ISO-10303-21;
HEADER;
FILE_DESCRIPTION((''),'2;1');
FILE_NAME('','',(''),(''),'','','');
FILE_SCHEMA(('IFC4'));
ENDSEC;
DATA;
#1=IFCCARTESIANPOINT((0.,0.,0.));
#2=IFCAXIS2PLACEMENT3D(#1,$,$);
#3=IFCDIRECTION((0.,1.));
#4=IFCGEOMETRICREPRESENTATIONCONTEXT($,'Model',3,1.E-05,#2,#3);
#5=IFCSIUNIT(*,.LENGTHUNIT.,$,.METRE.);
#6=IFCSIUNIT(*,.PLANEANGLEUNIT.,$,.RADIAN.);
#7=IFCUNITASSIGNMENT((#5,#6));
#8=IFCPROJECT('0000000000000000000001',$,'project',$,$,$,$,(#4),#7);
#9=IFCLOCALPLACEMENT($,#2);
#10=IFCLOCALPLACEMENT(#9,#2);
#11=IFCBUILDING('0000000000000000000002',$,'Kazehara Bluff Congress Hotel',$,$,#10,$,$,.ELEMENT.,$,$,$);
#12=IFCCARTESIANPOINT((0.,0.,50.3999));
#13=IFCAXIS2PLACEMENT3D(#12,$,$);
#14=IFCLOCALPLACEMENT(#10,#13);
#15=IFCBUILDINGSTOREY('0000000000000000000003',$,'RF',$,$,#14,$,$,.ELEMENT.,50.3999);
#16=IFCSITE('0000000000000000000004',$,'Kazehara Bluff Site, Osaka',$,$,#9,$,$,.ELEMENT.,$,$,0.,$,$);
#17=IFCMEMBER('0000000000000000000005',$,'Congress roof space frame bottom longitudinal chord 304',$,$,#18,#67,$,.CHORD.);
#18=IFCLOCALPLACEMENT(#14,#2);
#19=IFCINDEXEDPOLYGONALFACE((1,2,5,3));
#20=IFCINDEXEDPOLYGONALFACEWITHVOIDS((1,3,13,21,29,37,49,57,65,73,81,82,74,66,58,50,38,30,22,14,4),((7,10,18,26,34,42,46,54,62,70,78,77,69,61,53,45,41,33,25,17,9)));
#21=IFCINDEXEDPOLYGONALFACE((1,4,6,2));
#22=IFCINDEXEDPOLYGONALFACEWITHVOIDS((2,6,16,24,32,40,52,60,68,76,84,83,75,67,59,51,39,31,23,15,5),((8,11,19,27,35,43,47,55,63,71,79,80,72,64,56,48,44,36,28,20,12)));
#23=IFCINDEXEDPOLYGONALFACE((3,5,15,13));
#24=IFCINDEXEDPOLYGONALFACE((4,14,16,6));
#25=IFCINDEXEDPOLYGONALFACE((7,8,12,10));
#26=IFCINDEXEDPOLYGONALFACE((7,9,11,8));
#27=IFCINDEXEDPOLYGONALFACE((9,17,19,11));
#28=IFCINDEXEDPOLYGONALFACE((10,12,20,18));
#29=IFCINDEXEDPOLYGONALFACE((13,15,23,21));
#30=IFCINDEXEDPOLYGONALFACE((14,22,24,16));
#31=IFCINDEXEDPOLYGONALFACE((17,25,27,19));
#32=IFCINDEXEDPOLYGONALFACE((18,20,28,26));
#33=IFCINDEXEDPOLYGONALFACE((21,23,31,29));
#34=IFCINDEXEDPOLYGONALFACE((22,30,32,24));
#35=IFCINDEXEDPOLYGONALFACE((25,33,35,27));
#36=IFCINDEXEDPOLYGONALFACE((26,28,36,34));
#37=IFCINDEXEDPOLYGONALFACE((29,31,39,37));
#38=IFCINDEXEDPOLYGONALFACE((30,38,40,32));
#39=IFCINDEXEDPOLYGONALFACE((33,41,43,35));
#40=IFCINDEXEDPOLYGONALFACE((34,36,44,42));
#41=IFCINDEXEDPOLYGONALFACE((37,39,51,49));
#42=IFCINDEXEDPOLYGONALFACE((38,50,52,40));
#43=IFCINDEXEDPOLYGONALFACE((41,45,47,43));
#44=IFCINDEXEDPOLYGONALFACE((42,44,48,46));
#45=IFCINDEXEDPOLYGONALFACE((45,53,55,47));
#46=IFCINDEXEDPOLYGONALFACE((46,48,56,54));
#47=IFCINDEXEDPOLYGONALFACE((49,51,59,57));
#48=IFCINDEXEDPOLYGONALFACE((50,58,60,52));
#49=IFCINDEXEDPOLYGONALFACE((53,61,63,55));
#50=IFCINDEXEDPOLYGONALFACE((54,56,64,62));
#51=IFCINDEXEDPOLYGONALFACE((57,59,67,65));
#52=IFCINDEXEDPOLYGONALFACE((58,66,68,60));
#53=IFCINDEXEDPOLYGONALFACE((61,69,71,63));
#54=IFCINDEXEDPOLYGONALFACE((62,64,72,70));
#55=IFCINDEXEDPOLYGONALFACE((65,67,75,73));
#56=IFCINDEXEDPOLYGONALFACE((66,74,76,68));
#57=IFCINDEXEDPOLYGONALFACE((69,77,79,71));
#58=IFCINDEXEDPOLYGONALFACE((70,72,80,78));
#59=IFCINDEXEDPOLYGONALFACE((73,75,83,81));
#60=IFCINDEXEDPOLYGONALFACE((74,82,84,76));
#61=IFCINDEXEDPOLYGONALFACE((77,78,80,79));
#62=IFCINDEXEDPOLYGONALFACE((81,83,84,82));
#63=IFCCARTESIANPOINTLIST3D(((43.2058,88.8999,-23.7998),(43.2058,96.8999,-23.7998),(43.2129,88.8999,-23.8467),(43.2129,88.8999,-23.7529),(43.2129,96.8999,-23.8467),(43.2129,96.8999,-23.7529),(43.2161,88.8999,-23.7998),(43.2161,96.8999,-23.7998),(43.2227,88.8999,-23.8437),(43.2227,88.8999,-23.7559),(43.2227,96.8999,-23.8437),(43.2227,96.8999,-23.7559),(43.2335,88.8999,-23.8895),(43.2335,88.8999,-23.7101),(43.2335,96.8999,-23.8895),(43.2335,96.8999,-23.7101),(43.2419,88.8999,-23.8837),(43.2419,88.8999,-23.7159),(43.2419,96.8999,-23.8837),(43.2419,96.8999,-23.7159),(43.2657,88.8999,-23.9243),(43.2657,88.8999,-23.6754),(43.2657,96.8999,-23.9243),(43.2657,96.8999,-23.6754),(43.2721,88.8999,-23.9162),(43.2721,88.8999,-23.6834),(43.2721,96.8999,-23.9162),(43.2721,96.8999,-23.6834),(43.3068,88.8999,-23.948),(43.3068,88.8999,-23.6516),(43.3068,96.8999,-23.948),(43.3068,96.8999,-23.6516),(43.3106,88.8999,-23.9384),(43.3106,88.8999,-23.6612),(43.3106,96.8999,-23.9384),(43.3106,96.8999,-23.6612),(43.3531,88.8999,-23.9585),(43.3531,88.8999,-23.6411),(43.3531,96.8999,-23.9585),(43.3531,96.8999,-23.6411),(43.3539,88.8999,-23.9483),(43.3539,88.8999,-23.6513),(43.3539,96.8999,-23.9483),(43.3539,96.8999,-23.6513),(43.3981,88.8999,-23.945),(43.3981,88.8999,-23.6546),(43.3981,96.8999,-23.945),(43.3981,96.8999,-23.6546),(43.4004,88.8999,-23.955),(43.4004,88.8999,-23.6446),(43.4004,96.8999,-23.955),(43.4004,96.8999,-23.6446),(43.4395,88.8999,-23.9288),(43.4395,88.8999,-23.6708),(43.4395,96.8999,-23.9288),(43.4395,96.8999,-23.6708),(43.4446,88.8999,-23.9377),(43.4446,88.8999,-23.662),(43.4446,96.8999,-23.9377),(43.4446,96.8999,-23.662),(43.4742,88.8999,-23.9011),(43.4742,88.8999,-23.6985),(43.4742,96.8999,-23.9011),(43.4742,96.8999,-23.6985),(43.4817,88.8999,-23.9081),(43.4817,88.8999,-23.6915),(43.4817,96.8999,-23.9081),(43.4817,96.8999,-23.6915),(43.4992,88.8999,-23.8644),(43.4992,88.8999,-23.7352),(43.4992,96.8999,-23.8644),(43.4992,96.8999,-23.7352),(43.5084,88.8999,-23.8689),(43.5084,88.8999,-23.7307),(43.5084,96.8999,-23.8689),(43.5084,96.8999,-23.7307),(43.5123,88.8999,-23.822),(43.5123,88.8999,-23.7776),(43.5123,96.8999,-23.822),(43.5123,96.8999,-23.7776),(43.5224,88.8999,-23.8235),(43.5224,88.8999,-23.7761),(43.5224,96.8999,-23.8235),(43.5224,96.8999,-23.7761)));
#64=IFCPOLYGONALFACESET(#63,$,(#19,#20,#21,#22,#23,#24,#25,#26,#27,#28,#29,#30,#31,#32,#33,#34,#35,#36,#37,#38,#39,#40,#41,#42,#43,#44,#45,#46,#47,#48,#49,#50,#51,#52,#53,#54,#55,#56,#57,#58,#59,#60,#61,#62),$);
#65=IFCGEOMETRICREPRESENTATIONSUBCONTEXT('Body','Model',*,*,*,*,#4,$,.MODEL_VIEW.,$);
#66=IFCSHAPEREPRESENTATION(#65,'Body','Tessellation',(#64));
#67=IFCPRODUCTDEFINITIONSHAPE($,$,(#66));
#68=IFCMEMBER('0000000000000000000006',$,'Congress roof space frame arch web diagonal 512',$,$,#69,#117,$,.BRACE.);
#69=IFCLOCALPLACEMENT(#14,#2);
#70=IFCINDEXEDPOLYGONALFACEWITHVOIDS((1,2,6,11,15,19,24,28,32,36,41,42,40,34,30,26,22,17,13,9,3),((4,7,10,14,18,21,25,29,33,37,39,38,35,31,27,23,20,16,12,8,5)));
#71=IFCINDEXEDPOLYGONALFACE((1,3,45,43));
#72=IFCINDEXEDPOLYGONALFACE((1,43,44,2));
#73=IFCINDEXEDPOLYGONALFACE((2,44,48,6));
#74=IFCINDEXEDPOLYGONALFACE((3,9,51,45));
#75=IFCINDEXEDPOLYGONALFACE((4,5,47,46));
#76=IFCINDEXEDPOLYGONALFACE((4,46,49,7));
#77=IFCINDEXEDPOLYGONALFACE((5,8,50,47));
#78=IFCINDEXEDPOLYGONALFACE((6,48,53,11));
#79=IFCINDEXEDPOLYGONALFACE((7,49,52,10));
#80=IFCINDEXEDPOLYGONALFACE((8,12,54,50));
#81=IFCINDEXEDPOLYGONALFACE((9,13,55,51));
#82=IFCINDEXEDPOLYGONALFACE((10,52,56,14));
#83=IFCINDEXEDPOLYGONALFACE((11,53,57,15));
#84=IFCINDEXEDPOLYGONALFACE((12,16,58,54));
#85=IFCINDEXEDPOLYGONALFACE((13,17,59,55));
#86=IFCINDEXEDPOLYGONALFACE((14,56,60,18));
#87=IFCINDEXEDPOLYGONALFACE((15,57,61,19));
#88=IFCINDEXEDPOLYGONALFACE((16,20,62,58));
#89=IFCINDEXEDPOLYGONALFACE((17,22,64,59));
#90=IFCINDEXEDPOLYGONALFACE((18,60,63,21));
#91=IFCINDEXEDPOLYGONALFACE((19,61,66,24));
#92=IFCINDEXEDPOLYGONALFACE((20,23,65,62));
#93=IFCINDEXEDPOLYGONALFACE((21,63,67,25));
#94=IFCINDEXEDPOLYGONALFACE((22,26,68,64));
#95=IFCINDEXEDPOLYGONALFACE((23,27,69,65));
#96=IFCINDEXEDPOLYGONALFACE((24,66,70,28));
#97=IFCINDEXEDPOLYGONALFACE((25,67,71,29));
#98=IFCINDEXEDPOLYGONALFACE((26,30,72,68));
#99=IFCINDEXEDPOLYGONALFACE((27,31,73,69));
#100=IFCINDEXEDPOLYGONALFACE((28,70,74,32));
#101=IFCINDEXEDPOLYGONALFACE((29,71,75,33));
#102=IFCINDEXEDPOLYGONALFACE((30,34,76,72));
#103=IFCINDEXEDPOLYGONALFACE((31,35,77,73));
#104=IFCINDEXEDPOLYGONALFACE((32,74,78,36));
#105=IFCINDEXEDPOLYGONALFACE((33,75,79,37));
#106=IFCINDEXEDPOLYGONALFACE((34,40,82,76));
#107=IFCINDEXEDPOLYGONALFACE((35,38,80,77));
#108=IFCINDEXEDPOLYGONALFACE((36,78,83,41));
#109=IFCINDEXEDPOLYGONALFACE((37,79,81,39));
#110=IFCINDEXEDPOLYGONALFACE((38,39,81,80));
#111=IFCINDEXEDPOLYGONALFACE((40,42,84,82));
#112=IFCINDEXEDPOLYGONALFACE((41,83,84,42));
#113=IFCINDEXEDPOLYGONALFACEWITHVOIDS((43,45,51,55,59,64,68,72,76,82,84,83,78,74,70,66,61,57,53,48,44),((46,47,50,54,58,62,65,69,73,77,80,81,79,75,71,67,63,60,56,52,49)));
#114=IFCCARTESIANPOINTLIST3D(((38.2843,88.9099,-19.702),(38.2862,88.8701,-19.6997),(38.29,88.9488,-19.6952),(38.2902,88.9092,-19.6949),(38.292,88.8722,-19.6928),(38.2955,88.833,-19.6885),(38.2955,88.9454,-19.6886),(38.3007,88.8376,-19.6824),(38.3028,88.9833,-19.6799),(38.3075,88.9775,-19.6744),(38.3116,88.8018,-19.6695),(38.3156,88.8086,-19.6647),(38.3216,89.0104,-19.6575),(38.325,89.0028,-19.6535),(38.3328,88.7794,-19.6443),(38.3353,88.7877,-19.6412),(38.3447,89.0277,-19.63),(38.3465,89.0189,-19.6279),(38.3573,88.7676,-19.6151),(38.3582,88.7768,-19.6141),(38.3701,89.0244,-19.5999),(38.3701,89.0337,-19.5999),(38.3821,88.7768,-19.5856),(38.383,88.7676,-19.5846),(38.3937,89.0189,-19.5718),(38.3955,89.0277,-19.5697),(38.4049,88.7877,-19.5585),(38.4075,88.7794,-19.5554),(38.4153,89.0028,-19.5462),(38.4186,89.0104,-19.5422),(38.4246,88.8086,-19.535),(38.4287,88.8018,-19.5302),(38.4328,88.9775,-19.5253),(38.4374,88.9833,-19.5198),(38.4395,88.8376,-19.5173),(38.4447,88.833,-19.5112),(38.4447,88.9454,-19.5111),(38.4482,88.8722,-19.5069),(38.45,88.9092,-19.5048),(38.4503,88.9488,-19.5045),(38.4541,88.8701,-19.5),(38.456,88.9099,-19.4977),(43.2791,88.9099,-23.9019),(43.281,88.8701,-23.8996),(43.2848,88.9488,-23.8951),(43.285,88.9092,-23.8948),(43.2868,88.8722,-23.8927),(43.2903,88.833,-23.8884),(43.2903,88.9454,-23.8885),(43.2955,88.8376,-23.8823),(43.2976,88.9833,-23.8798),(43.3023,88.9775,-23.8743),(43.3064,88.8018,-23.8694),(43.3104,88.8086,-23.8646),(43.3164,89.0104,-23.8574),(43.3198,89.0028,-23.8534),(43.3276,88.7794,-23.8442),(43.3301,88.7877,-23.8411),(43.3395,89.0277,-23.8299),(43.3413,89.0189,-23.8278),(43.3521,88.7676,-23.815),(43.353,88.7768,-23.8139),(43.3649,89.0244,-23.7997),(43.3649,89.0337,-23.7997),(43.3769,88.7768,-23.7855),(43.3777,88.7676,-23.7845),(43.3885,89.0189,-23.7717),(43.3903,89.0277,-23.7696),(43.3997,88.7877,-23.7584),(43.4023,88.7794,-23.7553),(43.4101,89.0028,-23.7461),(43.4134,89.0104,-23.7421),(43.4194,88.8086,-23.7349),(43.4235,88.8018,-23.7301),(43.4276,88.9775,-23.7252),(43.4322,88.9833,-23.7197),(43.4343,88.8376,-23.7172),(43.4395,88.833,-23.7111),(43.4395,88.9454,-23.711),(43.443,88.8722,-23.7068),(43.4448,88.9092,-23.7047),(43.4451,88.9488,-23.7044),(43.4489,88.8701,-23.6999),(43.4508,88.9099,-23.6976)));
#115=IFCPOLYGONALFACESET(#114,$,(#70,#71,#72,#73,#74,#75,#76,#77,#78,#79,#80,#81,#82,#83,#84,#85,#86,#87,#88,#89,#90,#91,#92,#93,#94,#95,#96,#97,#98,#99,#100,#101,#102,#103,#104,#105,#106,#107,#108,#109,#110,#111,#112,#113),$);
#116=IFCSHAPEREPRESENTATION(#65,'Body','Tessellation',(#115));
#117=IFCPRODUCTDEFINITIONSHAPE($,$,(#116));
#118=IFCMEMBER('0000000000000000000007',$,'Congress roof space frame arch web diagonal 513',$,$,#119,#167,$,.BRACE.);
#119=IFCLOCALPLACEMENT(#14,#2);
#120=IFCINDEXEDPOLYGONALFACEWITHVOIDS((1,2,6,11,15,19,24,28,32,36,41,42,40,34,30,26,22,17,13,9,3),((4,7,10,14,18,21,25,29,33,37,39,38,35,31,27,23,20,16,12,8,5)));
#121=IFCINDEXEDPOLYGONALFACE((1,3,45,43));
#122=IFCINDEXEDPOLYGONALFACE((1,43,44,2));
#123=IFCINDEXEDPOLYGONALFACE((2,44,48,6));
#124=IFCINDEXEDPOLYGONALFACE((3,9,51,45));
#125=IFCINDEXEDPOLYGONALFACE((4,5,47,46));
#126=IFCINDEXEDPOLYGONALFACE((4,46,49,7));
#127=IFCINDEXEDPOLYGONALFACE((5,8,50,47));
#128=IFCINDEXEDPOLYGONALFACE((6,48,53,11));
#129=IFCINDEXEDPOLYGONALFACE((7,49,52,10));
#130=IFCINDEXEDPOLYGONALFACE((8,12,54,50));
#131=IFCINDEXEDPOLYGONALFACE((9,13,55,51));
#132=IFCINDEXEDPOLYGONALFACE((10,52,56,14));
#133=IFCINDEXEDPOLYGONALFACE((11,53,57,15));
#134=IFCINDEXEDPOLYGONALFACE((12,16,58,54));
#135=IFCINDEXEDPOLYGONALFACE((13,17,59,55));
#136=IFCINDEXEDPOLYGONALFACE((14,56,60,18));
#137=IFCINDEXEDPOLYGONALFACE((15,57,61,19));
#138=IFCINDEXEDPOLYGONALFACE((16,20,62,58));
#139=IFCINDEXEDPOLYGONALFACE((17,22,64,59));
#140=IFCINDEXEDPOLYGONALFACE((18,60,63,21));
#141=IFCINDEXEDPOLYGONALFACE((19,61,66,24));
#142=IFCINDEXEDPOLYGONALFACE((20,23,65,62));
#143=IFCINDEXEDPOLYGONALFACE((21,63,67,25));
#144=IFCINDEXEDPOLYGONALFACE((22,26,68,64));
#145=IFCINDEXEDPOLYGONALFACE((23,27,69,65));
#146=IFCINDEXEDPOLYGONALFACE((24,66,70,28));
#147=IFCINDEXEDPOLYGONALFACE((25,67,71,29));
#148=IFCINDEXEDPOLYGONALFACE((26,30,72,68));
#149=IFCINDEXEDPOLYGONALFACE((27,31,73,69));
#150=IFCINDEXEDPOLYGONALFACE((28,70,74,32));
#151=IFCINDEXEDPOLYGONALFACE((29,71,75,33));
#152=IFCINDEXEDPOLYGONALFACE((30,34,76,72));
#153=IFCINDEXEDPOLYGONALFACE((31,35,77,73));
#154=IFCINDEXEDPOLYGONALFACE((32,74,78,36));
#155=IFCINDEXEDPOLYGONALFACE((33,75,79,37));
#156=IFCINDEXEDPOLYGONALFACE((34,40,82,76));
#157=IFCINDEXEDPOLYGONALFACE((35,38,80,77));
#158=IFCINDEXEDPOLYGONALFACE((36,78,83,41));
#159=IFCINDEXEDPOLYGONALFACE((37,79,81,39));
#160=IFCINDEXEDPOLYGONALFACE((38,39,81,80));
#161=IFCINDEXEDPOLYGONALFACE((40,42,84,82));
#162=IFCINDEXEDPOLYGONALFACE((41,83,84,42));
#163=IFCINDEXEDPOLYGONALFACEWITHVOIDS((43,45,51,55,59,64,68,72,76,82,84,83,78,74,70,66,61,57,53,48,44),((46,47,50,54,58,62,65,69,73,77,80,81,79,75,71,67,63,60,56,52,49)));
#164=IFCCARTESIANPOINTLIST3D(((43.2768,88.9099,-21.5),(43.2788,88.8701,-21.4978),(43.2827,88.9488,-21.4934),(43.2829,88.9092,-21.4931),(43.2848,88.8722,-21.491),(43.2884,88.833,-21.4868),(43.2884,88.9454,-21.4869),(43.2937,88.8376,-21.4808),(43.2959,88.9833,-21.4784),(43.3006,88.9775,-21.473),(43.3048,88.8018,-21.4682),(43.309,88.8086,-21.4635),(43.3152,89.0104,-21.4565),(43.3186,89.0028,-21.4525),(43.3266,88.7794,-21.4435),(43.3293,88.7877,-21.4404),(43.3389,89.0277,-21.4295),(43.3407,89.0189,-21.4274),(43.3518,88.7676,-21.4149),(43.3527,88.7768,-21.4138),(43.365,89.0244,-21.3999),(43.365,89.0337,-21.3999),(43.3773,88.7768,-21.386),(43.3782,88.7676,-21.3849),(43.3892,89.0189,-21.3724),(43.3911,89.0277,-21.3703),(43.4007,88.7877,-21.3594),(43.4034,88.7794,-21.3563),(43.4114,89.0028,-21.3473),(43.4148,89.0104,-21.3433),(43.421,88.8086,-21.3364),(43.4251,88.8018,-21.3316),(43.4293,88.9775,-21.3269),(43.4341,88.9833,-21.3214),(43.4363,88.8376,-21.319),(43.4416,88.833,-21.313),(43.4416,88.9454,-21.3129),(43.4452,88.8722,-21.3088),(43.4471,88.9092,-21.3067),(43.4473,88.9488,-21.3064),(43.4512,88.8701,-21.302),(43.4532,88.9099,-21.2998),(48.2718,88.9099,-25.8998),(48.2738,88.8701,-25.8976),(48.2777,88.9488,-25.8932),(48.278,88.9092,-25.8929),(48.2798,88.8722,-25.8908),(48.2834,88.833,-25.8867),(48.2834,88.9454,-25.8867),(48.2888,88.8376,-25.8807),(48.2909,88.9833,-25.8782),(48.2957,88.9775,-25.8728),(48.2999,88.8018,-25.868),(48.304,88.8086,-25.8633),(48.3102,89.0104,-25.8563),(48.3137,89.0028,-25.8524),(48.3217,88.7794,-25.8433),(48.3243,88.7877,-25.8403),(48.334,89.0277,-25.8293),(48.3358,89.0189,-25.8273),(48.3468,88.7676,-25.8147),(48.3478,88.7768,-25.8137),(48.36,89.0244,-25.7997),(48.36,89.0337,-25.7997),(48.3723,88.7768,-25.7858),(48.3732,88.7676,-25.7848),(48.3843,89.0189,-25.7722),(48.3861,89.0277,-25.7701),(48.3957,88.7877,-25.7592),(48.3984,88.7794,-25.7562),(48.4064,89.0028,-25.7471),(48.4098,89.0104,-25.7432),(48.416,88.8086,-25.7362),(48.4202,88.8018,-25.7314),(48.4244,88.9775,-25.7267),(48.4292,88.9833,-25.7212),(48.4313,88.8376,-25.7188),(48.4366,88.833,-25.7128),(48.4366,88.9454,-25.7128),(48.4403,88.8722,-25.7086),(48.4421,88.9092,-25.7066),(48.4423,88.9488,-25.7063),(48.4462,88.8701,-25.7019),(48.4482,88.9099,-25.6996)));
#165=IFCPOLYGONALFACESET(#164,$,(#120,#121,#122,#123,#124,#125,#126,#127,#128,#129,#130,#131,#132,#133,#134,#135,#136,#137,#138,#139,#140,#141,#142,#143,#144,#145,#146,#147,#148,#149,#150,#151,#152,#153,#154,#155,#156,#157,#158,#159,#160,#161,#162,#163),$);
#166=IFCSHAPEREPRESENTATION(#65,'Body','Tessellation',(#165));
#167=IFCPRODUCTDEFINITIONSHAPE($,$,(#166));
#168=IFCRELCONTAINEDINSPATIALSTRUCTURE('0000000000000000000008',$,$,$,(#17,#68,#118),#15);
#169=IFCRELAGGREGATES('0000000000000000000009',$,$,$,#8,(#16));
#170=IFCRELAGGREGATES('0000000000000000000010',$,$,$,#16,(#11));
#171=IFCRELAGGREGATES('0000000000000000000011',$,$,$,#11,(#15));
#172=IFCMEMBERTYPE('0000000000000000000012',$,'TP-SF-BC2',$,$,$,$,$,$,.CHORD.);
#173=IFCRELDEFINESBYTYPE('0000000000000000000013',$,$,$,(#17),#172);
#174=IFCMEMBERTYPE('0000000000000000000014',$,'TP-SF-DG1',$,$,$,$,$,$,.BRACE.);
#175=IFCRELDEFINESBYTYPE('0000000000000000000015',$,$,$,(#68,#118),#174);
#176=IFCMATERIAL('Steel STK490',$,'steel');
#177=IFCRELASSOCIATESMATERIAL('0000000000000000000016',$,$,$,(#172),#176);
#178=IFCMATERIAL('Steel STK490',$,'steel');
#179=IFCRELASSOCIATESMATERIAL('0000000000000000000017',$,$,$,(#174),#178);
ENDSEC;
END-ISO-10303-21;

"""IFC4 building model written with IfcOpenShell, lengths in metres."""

from ifc_helpers import new_model, si_unit, direction, frame, origin, origin_2d, place, context, subcontext, project, spatial, hollow_circle, extrude, material, material_profile, profile_set, type_object, element, save


model = new_model("IFC4")

# Units and contexts
model_context = context("Model", 3, precision=1e-05, world=origin(), true_north=direction((0.0, 1.0)))
body_context = subcontext(model_context, "Body", "Model", "MODEL_VIEW")
ifc_project = project(units=[si_unit("LENGTHUNIT", "METRE"), si_unit("PLANEANGLEUNIT", "RADIAN")], contexts=[model_context])

# Site, building, storey
site_placement = place(None, origin())
site = spatial("IfcSite", under=ifc_project, at=site_placement, Name="Kazehara Bluff Site, Osaka", CompositionType="ELEMENT", RefElevation=0.0)
building_placement = place(site_placement, origin())
building = spatial("IfcBuilding", under=site, at=building_placement, Name="Kazehara Bluff Congress Hotel", CompositionType="ELEMENT")
storey_placement = place(building_placement, frame((0.0, 0.0, 50.3999)))
storey = spatial("IfcBuildingStorey", under=building, at=storey_placement, Name="RF", CompositionType="ELEMENT", Elevation=50.3999)

# Members
ifc_material_1 = material(Name="Steel STK490", Category="steel")
ifc_material_profile_1 = material_profile(ifc_material_1, hollow_circle(Radius=0.1592, WallThickness=0.0103, at=origin_2d()))
ifc_profile_set_1 = profile_set([ifc_material_profile_1], Name="Steel STK490")
member_type_1 = type_object("IfcMemberType", Name="TP-SF-BC2", PredefinedType="CHORD", material=ifc_profile_set_1)
for number, where, z_axis, x_axis, name in (
    (1, (43.365, 88.8999, -23.7998), (0.0, 1.0, 0.0), (-1.0, 0.0, 0.0), "Congress roof space frame bottom longitudinal chord 304"),
):
    element("IfcMember", number, at=place(storey_placement, frame(where, z_axis=z_axis, x_axis=x_axis)), inside=storey, type_object=member_type_1, Name=name, PredefinedType="CHORD", context=body_context, shape_type="SweptSolid", body=[
        extrude(hollow_circle(Radius=0.1592, WallThickness=0.0103, at=origin_2d()), origin(), (0.0, 0.0, 1.0), 8.0),
    ])
ifc_material_2 = material(Name="Steel STK490", Category="steel")
ifc_material_profile_2 = material_profile(ifc_material_2, hollow_circle(Radius=0.1338, WallThickness=0.0093, at=origin_2d()))
ifc_profile_set_2 = profile_set([ifc_material_profile_2], Name="Steel STK490")
member_type_2 = type_object("IfcMemberType", Name="TP-SF-DG1", PredefinedType="BRACE", material=ifc_profile_set_2)
member_1_placement = place(storey_placement, frame((38.3701, 88.8999, -19.5999), z_axis=(0.765383, 0.0, -0.643575), x_axis=(0.0, 1.0, 0.0)))
element("IfcMember", 2, at=member_1_placement, inside=storey, type_object=member_type_2, Name="Congress roof space frame arch web diagonal 512", PredefinedType="BRACE", context=body_context, shape_type="SweptSolid", body=[
    extrude(hollow_circle(Radius=0.1338, WallThickness=0.0093, at=origin_2d()), origin(), (0.0, 0.0, 1.0), 6.5259),
])
member_2_placement = place(storey_placement, frame((43.365, 88.8999, -21.3999), z_axis=(0.750401, 0.0, -0.660983), x_axis=(0.0, 1.0, 0.0)))
element("IfcMember", 3, at=member_2_placement, inside=storey, type_object=member_type_2, Name="Congress roof space frame arch web diagonal 513", PredefinedType="BRACE", context=body_context, shape_type="SweptSolid", body=[
    extrude(hollow_circle(Radius=0.1338, WallThickness=0.0093, at=origin_2d()), origin(), (0.0, 0.0, 1.0), 6.6565),
])

save(model, "model.ifc")
